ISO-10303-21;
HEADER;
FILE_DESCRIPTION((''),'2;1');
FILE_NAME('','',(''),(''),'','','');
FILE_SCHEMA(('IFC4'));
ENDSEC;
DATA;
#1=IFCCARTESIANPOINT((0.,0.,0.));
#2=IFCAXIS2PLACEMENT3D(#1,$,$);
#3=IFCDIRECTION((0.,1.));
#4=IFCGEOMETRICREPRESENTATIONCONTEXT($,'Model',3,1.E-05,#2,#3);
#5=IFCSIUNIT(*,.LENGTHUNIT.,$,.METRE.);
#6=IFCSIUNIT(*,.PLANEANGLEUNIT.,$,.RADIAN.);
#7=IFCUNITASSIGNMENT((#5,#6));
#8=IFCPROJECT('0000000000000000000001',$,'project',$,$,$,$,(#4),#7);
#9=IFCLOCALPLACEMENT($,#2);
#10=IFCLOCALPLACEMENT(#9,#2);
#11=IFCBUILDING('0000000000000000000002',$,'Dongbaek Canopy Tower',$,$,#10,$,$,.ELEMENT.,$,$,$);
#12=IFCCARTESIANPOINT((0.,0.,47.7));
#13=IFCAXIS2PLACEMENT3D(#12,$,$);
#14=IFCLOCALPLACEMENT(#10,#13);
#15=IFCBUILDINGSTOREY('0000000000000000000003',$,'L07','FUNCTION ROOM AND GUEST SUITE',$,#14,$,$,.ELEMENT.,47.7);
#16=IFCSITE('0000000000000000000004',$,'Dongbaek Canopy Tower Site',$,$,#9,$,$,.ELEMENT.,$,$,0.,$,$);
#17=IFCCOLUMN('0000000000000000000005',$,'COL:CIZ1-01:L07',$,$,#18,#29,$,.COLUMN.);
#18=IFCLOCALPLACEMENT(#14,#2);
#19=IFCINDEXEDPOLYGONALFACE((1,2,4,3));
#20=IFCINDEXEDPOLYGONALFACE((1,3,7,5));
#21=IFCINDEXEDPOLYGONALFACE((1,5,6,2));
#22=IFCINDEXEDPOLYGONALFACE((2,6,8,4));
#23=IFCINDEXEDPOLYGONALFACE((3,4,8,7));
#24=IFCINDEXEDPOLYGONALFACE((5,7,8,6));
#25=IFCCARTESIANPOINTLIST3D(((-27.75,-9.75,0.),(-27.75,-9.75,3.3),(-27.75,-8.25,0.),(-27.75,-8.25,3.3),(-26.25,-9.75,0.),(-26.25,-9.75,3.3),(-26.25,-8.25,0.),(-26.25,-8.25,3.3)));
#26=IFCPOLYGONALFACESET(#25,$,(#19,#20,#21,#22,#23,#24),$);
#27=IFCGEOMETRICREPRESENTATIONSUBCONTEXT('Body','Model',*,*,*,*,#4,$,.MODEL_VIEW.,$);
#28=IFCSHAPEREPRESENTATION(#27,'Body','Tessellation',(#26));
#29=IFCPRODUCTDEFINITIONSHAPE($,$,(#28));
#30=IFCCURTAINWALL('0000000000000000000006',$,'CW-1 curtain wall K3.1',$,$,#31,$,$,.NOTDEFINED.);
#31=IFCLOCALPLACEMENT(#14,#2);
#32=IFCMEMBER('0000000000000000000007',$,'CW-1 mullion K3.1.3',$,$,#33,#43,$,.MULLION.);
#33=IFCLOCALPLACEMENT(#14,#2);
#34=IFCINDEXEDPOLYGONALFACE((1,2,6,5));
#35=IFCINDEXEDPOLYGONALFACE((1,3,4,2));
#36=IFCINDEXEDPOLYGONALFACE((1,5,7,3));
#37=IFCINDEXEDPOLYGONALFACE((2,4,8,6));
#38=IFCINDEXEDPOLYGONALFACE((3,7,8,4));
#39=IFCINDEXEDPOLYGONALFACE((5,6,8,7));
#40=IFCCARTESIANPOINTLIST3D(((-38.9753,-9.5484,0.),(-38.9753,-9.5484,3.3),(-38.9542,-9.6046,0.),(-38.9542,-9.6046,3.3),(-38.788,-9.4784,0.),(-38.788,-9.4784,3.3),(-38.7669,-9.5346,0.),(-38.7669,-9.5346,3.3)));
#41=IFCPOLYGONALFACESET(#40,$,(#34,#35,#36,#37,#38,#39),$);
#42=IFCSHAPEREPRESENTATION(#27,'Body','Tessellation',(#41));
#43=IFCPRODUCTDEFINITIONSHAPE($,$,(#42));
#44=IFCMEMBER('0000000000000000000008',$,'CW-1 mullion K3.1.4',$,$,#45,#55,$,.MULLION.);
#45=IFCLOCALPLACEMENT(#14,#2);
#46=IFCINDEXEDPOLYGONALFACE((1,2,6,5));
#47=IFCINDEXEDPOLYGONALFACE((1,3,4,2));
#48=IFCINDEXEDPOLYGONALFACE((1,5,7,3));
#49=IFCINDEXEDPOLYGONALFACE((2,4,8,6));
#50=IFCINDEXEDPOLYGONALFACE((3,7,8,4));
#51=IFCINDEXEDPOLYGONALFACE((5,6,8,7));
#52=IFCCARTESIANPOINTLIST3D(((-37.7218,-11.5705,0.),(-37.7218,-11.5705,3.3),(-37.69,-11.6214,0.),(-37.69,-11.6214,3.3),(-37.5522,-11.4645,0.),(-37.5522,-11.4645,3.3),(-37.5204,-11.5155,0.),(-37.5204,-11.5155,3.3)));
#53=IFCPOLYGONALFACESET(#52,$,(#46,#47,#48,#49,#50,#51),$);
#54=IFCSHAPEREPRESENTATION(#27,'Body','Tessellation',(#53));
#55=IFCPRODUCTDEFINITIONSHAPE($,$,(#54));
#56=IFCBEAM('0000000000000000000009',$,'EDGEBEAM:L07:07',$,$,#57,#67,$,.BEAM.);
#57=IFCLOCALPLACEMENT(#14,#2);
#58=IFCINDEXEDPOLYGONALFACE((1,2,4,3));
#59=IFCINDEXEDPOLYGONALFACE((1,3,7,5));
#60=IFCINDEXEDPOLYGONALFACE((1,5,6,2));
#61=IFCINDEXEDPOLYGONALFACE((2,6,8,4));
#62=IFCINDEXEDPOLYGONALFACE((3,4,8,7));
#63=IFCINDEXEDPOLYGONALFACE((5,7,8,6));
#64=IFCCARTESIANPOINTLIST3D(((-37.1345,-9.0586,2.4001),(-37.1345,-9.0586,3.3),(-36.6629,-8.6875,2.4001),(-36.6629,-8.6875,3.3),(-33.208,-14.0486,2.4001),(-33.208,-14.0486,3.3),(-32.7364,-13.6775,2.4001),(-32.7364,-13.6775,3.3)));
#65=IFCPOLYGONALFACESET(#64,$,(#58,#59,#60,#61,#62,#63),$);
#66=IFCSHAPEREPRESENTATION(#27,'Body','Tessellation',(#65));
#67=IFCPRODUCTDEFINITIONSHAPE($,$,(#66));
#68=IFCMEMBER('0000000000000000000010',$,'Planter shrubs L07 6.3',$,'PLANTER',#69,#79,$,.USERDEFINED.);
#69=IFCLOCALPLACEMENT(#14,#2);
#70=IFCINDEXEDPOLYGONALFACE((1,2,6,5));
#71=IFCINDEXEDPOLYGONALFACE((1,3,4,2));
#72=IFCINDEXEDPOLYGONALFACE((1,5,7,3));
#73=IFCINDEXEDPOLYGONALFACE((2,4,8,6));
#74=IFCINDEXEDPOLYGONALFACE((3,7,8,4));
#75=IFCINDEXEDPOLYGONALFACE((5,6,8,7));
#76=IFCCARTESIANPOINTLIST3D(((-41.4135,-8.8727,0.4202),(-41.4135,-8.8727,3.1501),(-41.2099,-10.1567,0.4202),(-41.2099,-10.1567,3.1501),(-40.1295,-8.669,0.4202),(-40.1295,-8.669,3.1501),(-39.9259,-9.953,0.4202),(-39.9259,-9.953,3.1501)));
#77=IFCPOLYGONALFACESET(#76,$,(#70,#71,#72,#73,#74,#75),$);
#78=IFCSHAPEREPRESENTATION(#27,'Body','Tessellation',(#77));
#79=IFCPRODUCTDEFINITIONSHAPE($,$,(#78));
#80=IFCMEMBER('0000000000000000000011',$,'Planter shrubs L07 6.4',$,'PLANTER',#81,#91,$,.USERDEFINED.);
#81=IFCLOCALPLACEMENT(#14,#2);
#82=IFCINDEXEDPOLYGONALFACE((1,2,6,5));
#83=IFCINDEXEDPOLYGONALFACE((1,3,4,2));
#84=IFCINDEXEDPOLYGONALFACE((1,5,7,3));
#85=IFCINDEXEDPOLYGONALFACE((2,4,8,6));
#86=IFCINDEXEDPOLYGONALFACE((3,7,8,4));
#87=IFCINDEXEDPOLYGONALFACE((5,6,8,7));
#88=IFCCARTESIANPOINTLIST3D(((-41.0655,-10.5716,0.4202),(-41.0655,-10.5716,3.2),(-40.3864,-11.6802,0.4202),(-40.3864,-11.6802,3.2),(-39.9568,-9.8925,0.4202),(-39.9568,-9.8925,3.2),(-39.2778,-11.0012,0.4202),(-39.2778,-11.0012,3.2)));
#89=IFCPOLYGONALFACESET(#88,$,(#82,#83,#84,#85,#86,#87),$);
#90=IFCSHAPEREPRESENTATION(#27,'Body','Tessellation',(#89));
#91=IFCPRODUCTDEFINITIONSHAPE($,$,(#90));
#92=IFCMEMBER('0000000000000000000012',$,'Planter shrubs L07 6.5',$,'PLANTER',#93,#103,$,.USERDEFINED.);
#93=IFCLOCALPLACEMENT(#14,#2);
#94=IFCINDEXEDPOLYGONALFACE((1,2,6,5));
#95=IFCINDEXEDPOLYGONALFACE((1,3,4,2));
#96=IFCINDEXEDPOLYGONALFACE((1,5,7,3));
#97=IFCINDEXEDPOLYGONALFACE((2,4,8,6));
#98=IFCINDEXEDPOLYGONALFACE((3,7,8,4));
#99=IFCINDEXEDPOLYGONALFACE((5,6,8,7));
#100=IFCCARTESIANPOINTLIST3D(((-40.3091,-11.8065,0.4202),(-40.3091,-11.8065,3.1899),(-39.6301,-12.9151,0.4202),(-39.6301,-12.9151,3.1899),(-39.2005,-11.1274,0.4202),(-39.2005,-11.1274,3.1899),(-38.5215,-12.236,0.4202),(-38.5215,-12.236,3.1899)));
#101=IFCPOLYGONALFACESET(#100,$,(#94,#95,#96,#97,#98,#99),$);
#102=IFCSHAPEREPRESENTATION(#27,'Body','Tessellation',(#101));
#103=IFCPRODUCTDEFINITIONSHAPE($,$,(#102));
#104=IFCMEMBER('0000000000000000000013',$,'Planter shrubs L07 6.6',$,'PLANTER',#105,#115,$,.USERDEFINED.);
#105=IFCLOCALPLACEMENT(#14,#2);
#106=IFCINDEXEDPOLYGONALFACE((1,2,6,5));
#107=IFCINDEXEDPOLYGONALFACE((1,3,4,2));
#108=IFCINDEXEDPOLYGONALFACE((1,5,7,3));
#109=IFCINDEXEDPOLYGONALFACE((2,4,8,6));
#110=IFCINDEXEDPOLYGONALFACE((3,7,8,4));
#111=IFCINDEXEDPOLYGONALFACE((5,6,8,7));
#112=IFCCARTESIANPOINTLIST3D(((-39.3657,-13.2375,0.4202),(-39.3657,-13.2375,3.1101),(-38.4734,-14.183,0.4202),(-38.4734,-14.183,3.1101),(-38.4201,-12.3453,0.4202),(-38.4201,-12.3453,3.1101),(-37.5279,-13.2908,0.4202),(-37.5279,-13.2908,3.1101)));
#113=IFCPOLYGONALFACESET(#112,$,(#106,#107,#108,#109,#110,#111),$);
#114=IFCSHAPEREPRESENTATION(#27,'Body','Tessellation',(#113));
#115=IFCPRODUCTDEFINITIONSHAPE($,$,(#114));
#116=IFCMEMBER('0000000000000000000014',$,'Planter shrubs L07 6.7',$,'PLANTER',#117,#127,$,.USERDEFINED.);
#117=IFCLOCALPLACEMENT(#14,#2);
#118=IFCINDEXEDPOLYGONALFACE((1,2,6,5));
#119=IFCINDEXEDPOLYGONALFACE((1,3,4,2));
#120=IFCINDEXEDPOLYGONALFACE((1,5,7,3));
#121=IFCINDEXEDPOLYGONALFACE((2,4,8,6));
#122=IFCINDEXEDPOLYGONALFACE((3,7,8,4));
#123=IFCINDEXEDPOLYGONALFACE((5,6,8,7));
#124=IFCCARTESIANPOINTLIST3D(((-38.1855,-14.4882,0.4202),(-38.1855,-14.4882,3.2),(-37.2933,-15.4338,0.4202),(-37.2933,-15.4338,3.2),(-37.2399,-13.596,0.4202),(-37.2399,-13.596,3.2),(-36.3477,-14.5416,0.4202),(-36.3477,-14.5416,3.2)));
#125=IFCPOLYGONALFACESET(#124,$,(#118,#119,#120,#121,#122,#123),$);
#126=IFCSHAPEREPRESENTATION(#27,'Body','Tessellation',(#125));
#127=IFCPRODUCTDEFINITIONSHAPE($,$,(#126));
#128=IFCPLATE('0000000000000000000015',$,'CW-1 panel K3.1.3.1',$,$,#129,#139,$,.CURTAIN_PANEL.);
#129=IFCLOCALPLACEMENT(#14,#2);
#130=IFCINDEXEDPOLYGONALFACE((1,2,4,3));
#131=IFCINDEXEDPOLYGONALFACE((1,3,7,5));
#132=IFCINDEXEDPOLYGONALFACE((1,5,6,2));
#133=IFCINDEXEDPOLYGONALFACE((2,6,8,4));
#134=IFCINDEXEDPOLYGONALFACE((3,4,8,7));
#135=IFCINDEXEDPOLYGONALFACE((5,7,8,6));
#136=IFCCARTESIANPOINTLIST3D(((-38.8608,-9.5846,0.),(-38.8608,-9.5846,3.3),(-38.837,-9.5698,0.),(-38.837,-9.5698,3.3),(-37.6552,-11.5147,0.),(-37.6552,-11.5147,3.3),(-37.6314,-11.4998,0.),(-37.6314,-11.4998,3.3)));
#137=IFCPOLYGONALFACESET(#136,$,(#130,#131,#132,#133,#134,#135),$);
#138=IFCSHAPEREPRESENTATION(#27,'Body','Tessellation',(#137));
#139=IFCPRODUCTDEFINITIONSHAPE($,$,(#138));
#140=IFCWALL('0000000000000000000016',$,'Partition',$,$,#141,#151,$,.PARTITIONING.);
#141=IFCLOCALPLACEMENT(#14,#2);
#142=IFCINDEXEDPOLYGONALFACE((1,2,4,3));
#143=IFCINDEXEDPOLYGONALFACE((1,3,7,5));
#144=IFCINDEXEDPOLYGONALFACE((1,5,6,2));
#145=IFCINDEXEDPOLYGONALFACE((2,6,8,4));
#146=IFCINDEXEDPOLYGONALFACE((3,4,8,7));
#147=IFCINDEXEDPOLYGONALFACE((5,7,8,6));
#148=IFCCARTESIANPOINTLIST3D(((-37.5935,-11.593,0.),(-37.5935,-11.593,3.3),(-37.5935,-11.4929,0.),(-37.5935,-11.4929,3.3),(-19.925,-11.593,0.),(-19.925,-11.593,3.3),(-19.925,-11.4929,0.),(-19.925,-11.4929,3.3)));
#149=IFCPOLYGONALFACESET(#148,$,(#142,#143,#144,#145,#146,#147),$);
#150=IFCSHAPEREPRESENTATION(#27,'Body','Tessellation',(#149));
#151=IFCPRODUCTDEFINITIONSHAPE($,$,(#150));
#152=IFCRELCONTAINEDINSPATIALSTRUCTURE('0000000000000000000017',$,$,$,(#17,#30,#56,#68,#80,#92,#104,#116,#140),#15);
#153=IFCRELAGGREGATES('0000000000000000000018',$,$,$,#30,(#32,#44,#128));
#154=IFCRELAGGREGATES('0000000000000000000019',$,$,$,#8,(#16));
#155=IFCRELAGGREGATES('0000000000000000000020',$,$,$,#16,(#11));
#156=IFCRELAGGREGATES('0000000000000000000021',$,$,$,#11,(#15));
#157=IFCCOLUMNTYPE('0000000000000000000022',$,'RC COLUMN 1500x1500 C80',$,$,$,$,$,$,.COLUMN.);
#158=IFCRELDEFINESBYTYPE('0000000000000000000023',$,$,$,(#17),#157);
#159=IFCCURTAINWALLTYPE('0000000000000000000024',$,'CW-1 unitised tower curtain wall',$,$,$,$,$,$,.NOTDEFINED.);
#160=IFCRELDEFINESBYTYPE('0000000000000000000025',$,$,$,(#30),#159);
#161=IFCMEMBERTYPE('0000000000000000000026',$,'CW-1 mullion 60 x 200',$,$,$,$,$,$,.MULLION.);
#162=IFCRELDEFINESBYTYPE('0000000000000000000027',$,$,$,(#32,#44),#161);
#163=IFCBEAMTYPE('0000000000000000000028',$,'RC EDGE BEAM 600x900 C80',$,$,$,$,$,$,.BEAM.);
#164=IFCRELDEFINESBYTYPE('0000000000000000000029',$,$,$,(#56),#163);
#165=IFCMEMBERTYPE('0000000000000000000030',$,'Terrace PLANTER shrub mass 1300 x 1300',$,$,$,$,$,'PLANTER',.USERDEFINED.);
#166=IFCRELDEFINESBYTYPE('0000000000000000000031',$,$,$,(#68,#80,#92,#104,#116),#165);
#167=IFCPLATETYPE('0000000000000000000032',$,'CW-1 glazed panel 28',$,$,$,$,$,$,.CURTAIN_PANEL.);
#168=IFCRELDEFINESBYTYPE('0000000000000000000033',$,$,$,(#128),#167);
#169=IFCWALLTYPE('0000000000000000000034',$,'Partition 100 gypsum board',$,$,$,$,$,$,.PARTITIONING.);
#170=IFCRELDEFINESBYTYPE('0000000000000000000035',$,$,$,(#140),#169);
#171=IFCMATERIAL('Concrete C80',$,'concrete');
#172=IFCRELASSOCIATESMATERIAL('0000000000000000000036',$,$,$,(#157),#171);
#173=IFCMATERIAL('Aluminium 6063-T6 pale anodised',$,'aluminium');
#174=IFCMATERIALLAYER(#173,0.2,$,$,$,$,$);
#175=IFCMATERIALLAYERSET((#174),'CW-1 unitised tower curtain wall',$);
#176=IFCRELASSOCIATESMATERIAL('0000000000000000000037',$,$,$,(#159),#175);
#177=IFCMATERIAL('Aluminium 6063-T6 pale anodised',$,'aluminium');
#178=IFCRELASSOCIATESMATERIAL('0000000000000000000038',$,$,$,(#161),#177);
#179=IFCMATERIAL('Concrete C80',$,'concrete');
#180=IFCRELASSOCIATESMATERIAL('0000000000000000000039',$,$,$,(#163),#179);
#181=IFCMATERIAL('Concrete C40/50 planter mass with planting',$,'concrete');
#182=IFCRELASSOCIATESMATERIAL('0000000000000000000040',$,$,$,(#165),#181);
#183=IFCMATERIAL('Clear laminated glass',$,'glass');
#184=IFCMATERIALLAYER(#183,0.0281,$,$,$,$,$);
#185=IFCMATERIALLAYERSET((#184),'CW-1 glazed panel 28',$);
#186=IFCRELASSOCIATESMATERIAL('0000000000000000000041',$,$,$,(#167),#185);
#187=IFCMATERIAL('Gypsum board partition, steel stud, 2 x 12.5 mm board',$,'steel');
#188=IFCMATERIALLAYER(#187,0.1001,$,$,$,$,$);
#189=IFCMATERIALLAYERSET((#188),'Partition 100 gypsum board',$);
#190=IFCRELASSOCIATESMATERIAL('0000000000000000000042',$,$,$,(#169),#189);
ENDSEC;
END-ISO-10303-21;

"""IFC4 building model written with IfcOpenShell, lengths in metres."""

from ifc_helpers import new_model, si_unit, direction, frame, frame_2d, origin, origin_2d, place, context, subcontext, project, spatial, rectangle, extrude, material, layer, layer_set, material_profile, profile_set, type_object, element, aggregate, save


model = new_model("IFC4")

# Units and contexts
model_context = context("Model", 3, precision=1e-05, world=origin(), true_north=direction((0.0, 1.0)))
body_context = subcontext(model_context, "Body", "Model", "MODEL_VIEW")
ifc_project = project(units=[si_unit("LENGTHUNIT", "METRE"), si_unit("PLANEANGLEUNIT", "RADIAN")], contexts=[model_context])

# Site, building, storey
site_placement = place(None, origin())
site = spatial("IfcSite", under=ifc_project, at=site_placement, Name="Dongbaek Canopy Tower Site", CompositionType="ELEMENT", RefElevation=0.0)
building_placement = place(site_placement, origin())
building = spatial("IfcBuilding", under=site, at=building_placement, Name="Dongbaek Canopy Tower", CompositionType="ELEMENT")
storey_placement = place(building_placement, frame((0.0, 0.0, 47.7)))
storey = spatial("IfcBuildingStorey", under=building, at=storey_placement, Name="L07", Description="FUNCTION ROOM AND GUEST SUITE", CompositionType="ELEMENT", Elevation=47.7)

# Column
ifc_material_1 = material(Name="Concrete C80", Category="concrete")
ifc_material_profile_1 = material_profile(ifc_material_1, rectangle(XDim=1.5, YDim=1.5, at=origin_2d()), Name="RC COLUMN 1500x1500 C80")
ifc_profile_set_1 = profile_set([ifc_material_profile_1], Name="Concrete C80")
column_type = type_object("IfcColumnType", Name="RC COLUMN 1500x1500 C80", PredefinedType="COLUMN", material=ifc_profile_set_1)
column_placement = place(storey_placement, frame((-27.0, -9.0, 0.0), z_axis=(0.0, 0.0, 1.0), x_axis=(1.0, 0.0, 0.0)))
element("IfcColumn", 1, at=column_placement, inside=storey, type_object=column_type, Name="COL:CIZ1-01:L07", PredefinedType="COLUMN", context=body_context, shape_type="SweptSolid", body=[
    extrude(rectangle(XDim=1.5, YDim=1.5, at=origin_2d()), origin(), (0.0, 0.0, 1.0), 3.3),
])

# Curtain wall, members
ifc_material_2 = material(Name="Aluminium 6063-T6 pale anodised", Category="aluminium")
ifc_layer_1 = layer(ifc_material_2, 0.2)
ifc_layer_set_1 = layer_set([ifc_layer_1], Name="CW-1 unitised tower curtain wall")
curtain_wall_type = type_object("IfcCurtainWallType", Name="CW-1 unitised tower curtain wall", PredefinedType="NOTDEFINED", material=ifc_layer_set_1)
curtain_wall_placement = place(storey_placement, origin())
curtain_wall = element("IfcCurtainWall", 2, at=curtain_wall_placement, inside=storey, type_object=curtain_wall_type, Name="CW-1 curtain wall K3.1", PredefinedType="NOTDEFINED")
ifc_material_3 = material(Name="Aluminium 6063-T6 pale anodised", Category="aluminium")
ifc_material_profile_2 = material_profile(ifc_material_3, rectangle(XDim=0.2, YDim=0.0601, at=origin_2d()), Name="CW-1 mullion 60 x 200")
ifc_profile_set_2 = profile_set([ifc_material_profile_2], Name="Aluminium 6063-T6 pale anodised")
member_type_1 = type_object("IfcMemberType", Name="CW-1 mullion 60 x 200", PredefinedType="MULLION", material=ifc_profile_set_2)
member_1_placement = place(storey_placement, frame((-38.8711, -9.5415, 0.0), z_axis=(0.0, 0.0, 1.0), x_axis=(-0.936665, -0.350228, 0.0)))
member_1 = element("IfcMember", 3, at=member_1_placement, type_object=member_type_1, Name="CW-1 mullion K3.1.3", PredefinedType="MULLION", context=body_context, shape_type="SweptSolid", body=[
    extrude(rectangle(XDim=0.2, YDim=0.0601, at=origin_2d()), origin(), (0.0, 0.0, 1.0), 3.3),
])
member_2_placement = place(storey_placement, frame((-37.6211, -11.543, 0.0), z_axis=(0.0, 0.0, 1.0), x_axis=(-0.848139, -0.529773, 0.0)))
member_2 = element("IfcMember", 4, at=member_2_placement, type_object=member_type_1, Name="CW-1 mullion K3.1.4", PredefinedType="MULLION", context=body_context, shape_type="SweptSolid", body=[
    extrude(rectangle(XDim=0.2, YDim=0.0601, at=origin_2d()), origin(), (0.0, 0.0, 1.0), 3.3),
])

# Beam
ifc_material_4 = material(Name="Concrete C80", Category="concrete")
ifc_material_profile_3 = material_profile(ifc_material_4, rectangle(XDim=0.6001, YDim=0.8999, at=origin_2d()), Name="RC EDGE BEAM 600x900 C80")
ifc_profile_set_3 = profile_set([ifc_material_profile_3], Name="Concrete C80")
beam_type = type_object("IfcBeamType", Name="RC EDGE BEAM 600x900 C80", PredefinedType="BEAM", material=ifc_profile_set_3)
beam_placement = place(storey_placement, frame((-32.9722, -13.863, 2.8501), z_axis=(-0.618387, 0.785874, 0.0), x_axis=(-0.785874, -0.618387, 0.0)))
element("IfcBeam", 5, at=beam_placement, inside=storey, type_object=beam_type, Name="EDGEBEAM:L07:07", PredefinedType="BEAM", context=body_context, shape_type="SweptSolid", body=[
    extrude(rectangle(XDim=0.6001, YDim=0.8999, at=origin_2d()), origin(), (0.0, 0.0, 1.0), 6.3496),
])

# Members
ifc_material_5 = material(Name="Concrete C40/50 planter mass with planting", Category="concrete")
ifc_material_profile_4 = material_profile(ifc_material_5, rectangle(XDim=1.3, YDim=1.3, at=origin_2d()), Name="Terrace PLANTER shrub mass 1300 x 1300")
ifc_profile_set_4 = profile_set([ifc_material_profile_4], Name="Concrete C40/50 planter mass with planting")
member_type_2 = type_object("IfcMemberType", Name="Terrace PLANTER shrub mass 1300 x 1300", ElementType="PLANTER", PredefinedType="USERDEFINED", material=ifc_profile_set_4)
member_3_placement = place(storey_placement, frame((-40.6697, -9.4128, 0.4202), z_axis=(0.0, 0.0, 1.0), x_axis=(-0.987655, -0.156648, 0.0)))
element("IfcMember", 6, at=member_3_placement, inside=storey, type_object=member_type_2, Name="Planter shrubs L07 6.3", ObjectType="PLANTER", PredefinedType="USERDEFINED", context=body_context, shape_type="SweptSolid", body=[
    extrude(rectangle(XDim=1.3, YDim=1.3, at=origin_2d()), origin(), (0.0, 0.0, 1.0), 2.73),
])
member_4_placement = place(storey_placement, frame((-40.1716, -10.7864, 0.4202), z_axis=(0.0, 0.0, 1.0), x_axis=(-0.852749, -0.522321, 0.0)))
element("IfcMember", 7, at=member_4_placement, inside=storey, type_object=member_type_2, Name="Planter shrubs L07 6.4", ObjectType="PLANTER", PredefinedType="USERDEFINED", context=body_context, shape_type="SweptSolid", body=[
    extrude(rectangle(XDim=1.3, YDim=1.3, at=origin_2d()), origin(), (0.0, 0.0, 1.0), 2.7798),
])
member_5_placement = place(storey_placement, frame((-39.4153, -12.0212, 0.4202), z_axis=(0.0, 0.0, 1.0), x_axis=(-0.852749, -0.522321, 0.0)))
element("IfcMember", 8, at=member_5_placement, inside=storey, type_object=member_type_2, Name="Planter shrubs L07 6.5", ObjectType="PLANTER", PredefinedType="USERDEFINED", context=body_context, shape_type="SweptSolid", body=[
    extrude(rectangle(XDim=1.3, YDim=1.3, at=origin_2d()), origin(), (0.0, 0.0, 1.0), 2.7698),
])
member_6_placement = place(storey_placement, frame((-38.4468, -13.2642, 0.4202), z_axis=(0.0, 0.0, 1.0), x_axis=(-0.727322, -0.686296, 0.0)))
element("IfcMember", 9, at=member_6_placement, inside=storey, type_object=member_type_2, Name="Planter shrubs L07 6.6", ObjectType="PLANTER", PredefinedType="USERDEFINED", context=body_context, shape_type="SweptSolid", body=[
    extrude(rectangle(XDim=1.3, YDim=1.3, at=origin_2d()), origin(), (0.0, 0.0, 1.0), 2.6899),
])
member_7_placement = place(storey_placement, frame((-37.2666, -14.5149, 0.4202), z_axis=(0.0, 0.0, 1.0), x_axis=(-0.727322, -0.686296, 0.0)))
element("IfcMember", 10, at=member_7_placement, inside=storey, type_object=member_type_2, Name="Planter shrubs L07 6.7", ObjectType="PLANTER", PredefinedType="USERDEFINED", context=body_context, shape_type="SweptSolid", body=[
    extrude(rectangle(XDim=1.3, YDim=1.3, at=origin_2d()), origin(), (0.0, 0.0, 1.0), 2.7798),
])

# Plate
ifc_material_6 = material(Name="Clear laminated glass", Category="glass")
ifc_layer_2 = layer(ifc_material_6, 0.0281)
ifc_layer_set_2 = layer_set([ifc_layer_2], Name="CW-1 glazed panel 28")
plate_type = type_object("IfcPlateType", Name="CW-1 glazed panel 28", PredefinedType="CURTAIN_PANEL", material=ifc_layer_set_2)
plate_placement = place(storey_placement, frame((-38.2461, -10.5422, 0.0), z_axis=(0.0, 0.0, 1.0), x_axis=(0.529773, -0.848139, 0.0)))
plate = element("IfcPlate", 11, at=plate_placement, type_object=plate_type, Name="CW-1 panel K3.1.3.1", PredefinedType="CURTAIN_PANEL", context=body_context, shape_type="SweptSolid", body=[
    extrude(rectangle(XDim=2.2756, YDim=0.0281, at=origin_2d()), origin(), (0.0, 0.0, 1.0), 3.3),
])
aggregate(curtain_wall, [member_1, member_2, plate])

# Wall
ifc_material_7 = material(Name="Gypsum board partition, steel stud, 2 x 12.5 mm board", Category="steel")
ifc_layer_3 = layer(ifc_material_7, 0.1001)
ifc_layer_set_3 = layer_set([ifc_layer_3], Name="Partition 100 gypsum board")
wall_type_1 = type_object("IfcWallType", Name="Partition 100 gypsum board", PredefinedType="PARTITIONING", material=ifc_layer_set_3)
wall_1_placement = place(storey_placement, frame((-37.5935, -11.543, 0.0), z_axis=(0.0, 0.0, 1.0), x_axis=(1.0, 0.0, 0.0)))
element("IfcWall", 12, at=wall_1_placement, inside=storey, type_object=wall_type_1, Name="Partition", PredefinedType="PARTITIONING", context=body_context, shape_type="SweptSolid", body=[
    extrude(rectangle(XDim=17.6685, YDim=0.1001, at=frame_2d((8.8342, 0.0))), origin(), (0.0, 0.0, 1.0), 3.3),
])

save(model, "model.ifc")
